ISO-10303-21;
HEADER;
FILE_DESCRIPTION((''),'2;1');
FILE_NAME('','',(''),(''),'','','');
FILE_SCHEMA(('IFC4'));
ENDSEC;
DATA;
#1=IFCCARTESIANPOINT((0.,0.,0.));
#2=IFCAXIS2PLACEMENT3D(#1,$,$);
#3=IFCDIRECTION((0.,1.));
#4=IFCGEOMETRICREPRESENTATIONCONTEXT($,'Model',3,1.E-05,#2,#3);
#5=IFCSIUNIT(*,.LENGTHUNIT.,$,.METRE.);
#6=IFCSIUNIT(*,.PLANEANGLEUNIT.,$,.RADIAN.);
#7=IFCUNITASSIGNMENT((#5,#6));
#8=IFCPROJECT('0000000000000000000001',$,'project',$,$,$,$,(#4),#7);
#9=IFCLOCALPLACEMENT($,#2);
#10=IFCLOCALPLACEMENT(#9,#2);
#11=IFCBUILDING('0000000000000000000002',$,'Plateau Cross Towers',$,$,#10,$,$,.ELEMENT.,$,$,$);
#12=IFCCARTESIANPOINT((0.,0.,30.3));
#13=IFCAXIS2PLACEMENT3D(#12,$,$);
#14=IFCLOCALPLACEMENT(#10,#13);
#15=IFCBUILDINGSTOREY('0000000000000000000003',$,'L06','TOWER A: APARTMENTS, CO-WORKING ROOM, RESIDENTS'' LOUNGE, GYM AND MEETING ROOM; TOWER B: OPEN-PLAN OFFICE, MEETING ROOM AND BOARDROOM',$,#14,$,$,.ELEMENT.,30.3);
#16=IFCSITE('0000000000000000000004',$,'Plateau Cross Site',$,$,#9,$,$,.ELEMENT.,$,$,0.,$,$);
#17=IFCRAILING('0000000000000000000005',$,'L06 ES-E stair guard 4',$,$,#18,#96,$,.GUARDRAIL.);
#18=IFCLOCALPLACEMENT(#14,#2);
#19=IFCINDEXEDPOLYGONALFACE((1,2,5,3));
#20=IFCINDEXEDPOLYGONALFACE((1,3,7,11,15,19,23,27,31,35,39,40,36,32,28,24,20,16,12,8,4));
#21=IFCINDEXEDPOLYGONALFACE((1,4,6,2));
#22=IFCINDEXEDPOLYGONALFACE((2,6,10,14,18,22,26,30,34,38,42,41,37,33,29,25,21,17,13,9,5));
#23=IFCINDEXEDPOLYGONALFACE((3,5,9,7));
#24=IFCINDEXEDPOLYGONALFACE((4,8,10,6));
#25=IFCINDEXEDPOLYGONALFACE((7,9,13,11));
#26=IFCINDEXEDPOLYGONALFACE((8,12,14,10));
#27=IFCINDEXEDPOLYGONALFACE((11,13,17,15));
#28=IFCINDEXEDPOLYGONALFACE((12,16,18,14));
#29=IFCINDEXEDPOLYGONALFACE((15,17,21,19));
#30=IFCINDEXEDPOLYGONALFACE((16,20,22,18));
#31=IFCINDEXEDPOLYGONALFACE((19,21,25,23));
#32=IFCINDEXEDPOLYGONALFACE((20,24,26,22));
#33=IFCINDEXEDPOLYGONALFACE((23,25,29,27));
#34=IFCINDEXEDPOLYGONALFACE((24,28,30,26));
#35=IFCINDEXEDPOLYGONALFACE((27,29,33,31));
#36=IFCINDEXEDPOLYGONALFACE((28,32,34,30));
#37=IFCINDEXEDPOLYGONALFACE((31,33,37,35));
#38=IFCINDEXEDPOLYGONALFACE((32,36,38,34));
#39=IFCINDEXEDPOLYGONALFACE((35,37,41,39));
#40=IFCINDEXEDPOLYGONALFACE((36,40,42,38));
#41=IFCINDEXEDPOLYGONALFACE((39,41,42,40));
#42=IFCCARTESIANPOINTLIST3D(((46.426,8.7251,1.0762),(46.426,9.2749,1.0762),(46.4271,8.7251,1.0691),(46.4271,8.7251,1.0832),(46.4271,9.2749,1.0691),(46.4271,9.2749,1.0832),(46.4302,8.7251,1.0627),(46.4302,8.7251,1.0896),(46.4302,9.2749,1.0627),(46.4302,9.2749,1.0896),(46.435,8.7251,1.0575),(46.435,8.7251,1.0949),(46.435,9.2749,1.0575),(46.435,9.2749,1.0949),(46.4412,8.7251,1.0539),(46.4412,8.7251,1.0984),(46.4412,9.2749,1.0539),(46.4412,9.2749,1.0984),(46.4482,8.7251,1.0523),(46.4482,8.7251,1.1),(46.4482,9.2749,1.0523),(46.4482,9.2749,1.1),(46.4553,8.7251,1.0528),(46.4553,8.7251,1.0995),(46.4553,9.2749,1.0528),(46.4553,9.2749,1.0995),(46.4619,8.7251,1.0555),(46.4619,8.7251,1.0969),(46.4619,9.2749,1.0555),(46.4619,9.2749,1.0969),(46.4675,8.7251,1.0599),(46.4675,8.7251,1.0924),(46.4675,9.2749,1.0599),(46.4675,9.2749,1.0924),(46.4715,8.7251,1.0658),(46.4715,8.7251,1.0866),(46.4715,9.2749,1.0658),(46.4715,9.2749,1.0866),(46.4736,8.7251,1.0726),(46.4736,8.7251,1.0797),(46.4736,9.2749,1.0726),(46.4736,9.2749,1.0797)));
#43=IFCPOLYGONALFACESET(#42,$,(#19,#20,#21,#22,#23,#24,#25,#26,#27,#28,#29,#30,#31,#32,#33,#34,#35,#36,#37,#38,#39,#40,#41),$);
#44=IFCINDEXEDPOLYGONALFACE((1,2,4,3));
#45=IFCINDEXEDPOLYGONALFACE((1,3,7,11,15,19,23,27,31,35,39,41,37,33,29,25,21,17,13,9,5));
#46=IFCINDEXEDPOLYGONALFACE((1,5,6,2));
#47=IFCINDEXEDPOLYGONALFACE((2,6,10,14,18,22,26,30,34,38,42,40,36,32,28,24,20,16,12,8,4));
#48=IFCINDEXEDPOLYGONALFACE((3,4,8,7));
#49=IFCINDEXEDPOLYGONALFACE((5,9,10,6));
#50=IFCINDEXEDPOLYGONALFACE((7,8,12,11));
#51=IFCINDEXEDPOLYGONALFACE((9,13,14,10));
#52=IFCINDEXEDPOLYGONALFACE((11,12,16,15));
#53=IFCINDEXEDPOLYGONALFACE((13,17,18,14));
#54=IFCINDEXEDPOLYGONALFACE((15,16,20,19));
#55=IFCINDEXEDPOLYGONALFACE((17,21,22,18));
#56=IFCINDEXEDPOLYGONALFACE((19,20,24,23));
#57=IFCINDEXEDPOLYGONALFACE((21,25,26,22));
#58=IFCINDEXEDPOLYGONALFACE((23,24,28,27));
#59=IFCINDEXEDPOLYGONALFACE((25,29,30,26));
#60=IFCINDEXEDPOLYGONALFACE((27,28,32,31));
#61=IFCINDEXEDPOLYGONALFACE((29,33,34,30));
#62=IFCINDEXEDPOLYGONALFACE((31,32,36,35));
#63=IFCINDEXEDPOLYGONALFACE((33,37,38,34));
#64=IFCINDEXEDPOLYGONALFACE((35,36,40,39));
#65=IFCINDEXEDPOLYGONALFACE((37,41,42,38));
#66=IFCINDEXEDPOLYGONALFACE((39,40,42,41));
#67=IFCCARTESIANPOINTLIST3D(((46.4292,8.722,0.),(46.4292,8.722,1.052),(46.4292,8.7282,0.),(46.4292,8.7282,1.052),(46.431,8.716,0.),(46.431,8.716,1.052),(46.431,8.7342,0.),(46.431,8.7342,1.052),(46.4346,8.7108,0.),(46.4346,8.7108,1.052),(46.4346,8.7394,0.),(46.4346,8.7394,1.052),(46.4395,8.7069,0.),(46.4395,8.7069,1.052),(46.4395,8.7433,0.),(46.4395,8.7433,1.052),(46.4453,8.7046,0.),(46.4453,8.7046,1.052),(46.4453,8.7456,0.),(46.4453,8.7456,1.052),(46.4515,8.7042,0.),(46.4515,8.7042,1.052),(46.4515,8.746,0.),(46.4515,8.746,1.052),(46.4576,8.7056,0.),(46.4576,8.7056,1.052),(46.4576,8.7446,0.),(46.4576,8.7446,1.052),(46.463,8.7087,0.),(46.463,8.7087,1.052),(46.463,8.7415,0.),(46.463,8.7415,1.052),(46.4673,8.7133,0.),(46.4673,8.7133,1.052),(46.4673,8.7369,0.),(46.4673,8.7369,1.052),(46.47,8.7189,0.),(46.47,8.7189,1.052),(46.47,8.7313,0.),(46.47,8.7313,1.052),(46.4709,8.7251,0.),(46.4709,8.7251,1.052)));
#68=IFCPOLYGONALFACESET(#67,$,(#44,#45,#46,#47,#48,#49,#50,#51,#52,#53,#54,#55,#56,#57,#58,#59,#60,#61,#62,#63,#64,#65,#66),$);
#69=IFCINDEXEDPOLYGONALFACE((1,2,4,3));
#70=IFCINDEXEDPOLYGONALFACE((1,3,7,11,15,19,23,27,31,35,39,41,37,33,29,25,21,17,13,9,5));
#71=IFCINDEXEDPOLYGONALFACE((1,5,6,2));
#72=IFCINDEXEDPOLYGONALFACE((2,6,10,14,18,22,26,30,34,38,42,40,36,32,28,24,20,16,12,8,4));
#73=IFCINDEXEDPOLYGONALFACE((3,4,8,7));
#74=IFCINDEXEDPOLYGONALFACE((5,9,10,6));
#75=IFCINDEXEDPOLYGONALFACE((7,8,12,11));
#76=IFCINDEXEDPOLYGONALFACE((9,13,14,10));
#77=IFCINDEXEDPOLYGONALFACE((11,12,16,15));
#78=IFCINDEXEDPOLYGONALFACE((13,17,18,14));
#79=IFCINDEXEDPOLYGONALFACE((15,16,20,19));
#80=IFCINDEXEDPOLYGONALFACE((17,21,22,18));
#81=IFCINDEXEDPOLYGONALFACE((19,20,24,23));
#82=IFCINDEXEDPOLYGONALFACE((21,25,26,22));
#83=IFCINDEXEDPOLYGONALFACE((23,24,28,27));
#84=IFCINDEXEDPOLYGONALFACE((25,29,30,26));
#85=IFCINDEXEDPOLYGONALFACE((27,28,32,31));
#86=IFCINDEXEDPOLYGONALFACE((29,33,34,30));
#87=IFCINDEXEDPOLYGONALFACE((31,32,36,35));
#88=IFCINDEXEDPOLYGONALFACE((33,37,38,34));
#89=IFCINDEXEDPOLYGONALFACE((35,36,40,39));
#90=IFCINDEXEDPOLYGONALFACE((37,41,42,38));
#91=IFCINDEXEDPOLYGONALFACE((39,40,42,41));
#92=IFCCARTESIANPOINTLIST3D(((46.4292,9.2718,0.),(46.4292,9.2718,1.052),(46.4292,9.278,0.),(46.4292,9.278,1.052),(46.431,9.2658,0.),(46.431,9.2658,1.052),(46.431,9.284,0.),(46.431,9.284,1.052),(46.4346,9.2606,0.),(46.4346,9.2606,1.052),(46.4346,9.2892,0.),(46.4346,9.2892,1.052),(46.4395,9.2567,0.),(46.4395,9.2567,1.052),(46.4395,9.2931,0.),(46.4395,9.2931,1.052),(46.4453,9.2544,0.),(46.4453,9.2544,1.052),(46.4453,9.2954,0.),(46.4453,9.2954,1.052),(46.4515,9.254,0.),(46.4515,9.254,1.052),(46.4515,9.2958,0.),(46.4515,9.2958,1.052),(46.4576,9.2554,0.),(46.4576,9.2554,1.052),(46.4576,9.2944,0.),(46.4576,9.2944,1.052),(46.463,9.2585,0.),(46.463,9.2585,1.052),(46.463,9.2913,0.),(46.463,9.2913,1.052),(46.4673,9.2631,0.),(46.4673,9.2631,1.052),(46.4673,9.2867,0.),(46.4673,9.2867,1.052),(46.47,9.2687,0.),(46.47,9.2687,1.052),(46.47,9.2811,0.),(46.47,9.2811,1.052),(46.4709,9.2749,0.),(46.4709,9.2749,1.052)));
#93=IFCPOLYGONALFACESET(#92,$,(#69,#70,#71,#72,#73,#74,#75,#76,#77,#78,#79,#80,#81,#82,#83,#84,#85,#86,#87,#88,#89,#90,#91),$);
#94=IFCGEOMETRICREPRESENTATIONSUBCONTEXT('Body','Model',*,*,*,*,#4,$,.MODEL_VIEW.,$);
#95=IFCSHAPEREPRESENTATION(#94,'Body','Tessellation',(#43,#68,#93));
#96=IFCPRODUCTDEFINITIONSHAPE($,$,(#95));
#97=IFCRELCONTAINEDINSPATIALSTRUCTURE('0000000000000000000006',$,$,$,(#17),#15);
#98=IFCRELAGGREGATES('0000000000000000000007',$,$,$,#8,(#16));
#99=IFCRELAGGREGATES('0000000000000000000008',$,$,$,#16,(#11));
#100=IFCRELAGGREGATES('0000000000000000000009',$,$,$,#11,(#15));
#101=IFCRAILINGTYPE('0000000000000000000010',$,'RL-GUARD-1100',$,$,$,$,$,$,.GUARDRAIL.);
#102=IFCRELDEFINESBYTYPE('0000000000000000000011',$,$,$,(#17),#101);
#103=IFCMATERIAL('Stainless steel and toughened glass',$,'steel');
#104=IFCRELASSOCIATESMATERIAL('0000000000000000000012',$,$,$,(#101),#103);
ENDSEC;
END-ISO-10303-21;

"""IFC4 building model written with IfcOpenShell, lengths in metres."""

from ifc_helpers import new_model, si_unit, direction, frame, origin, origin_2d, place, context, subcontext, project, spatial, circle, extrude, material, type_object, element, save


model = new_model("IFC4")

# Units and contexts
model_context = context("Model", 3, precision=1e-05, world=origin(), true_north=direction((0.0, 1.0)))
body_context = subcontext(model_context, "Body", "Model", "MODEL_VIEW")
ifc_project = project(units=[si_unit("LENGTHUNIT", "METRE"), si_unit("PLANEANGLEUNIT", "RADIAN")], contexts=[model_context])

# Site, building, storey
site_placement = place(None, origin())
site = spatial("IfcSite", under=ifc_project, at=site_placement, Name="Plateau Cross Site", CompositionType="ELEMENT", RefElevation=0.0)
building_placement = place(site_placement, origin())
building = spatial("IfcBuilding", under=site, at=building_placement, Name="Plateau Cross Towers", CompositionType="ELEMENT")
storey_placement = place(building_placement, frame((0.0, 0.0, 30.3)))
storey = spatial("IfcBuildingStorey", under=building, at=storey_placement, Name="L06", Description="TOWER A: APARTMENTS, CO-WORKING ROOM, RESIDENTS' LOUNGE, GYM AND MEETING ROOM; TOWER B: OPEN-PLAN OFFICE, MEETING ROOM AND BOARDROOM", CompositionType="ELEMENT", Elevation=30.3)

# Railing
ifc_material_1 = material(Name="Stainless steel and toughened glass", Category="steel")
railing_type_1 = type_object("IfcRailingType", Name="RL-GUARD-1100", PredefinedType="GUARDRAIL", material=ifc_material_1)
railing_1_placement = place(storey_placement, frame((46.45, 8.7251, 0.0)))
element("IfcRailing", 1, at=railing_1_placement, inside=storey, type_object=railing_type_1, Name="L06 ES-E stair guard 4", PredefinedType="GUARDRAIL", context=body_context, shape_type="SweptSolid", body=[
    extrude(circle(Radius=0.0239, at=origin_2d()), frame((0.0, 0.0, 1.0762), z_axis=(0.0, 1.0, 0.0), x_axis=(-1.0, 0.0, 0.0)), (0.0, 0.0, 1.0), 0.5498),
    extrude(circle(Radius=0.021, at=origin_2d()), origin(), (0.0, 0.0, 1.0), 1.052),
    extrude(circle(Radius=0.021, at=origin_2d()), frame((0.0, 0.5498, 0.0)), (0.0, 0.0, 1.0), 1.052),
])

save(model, "model.ifc")
